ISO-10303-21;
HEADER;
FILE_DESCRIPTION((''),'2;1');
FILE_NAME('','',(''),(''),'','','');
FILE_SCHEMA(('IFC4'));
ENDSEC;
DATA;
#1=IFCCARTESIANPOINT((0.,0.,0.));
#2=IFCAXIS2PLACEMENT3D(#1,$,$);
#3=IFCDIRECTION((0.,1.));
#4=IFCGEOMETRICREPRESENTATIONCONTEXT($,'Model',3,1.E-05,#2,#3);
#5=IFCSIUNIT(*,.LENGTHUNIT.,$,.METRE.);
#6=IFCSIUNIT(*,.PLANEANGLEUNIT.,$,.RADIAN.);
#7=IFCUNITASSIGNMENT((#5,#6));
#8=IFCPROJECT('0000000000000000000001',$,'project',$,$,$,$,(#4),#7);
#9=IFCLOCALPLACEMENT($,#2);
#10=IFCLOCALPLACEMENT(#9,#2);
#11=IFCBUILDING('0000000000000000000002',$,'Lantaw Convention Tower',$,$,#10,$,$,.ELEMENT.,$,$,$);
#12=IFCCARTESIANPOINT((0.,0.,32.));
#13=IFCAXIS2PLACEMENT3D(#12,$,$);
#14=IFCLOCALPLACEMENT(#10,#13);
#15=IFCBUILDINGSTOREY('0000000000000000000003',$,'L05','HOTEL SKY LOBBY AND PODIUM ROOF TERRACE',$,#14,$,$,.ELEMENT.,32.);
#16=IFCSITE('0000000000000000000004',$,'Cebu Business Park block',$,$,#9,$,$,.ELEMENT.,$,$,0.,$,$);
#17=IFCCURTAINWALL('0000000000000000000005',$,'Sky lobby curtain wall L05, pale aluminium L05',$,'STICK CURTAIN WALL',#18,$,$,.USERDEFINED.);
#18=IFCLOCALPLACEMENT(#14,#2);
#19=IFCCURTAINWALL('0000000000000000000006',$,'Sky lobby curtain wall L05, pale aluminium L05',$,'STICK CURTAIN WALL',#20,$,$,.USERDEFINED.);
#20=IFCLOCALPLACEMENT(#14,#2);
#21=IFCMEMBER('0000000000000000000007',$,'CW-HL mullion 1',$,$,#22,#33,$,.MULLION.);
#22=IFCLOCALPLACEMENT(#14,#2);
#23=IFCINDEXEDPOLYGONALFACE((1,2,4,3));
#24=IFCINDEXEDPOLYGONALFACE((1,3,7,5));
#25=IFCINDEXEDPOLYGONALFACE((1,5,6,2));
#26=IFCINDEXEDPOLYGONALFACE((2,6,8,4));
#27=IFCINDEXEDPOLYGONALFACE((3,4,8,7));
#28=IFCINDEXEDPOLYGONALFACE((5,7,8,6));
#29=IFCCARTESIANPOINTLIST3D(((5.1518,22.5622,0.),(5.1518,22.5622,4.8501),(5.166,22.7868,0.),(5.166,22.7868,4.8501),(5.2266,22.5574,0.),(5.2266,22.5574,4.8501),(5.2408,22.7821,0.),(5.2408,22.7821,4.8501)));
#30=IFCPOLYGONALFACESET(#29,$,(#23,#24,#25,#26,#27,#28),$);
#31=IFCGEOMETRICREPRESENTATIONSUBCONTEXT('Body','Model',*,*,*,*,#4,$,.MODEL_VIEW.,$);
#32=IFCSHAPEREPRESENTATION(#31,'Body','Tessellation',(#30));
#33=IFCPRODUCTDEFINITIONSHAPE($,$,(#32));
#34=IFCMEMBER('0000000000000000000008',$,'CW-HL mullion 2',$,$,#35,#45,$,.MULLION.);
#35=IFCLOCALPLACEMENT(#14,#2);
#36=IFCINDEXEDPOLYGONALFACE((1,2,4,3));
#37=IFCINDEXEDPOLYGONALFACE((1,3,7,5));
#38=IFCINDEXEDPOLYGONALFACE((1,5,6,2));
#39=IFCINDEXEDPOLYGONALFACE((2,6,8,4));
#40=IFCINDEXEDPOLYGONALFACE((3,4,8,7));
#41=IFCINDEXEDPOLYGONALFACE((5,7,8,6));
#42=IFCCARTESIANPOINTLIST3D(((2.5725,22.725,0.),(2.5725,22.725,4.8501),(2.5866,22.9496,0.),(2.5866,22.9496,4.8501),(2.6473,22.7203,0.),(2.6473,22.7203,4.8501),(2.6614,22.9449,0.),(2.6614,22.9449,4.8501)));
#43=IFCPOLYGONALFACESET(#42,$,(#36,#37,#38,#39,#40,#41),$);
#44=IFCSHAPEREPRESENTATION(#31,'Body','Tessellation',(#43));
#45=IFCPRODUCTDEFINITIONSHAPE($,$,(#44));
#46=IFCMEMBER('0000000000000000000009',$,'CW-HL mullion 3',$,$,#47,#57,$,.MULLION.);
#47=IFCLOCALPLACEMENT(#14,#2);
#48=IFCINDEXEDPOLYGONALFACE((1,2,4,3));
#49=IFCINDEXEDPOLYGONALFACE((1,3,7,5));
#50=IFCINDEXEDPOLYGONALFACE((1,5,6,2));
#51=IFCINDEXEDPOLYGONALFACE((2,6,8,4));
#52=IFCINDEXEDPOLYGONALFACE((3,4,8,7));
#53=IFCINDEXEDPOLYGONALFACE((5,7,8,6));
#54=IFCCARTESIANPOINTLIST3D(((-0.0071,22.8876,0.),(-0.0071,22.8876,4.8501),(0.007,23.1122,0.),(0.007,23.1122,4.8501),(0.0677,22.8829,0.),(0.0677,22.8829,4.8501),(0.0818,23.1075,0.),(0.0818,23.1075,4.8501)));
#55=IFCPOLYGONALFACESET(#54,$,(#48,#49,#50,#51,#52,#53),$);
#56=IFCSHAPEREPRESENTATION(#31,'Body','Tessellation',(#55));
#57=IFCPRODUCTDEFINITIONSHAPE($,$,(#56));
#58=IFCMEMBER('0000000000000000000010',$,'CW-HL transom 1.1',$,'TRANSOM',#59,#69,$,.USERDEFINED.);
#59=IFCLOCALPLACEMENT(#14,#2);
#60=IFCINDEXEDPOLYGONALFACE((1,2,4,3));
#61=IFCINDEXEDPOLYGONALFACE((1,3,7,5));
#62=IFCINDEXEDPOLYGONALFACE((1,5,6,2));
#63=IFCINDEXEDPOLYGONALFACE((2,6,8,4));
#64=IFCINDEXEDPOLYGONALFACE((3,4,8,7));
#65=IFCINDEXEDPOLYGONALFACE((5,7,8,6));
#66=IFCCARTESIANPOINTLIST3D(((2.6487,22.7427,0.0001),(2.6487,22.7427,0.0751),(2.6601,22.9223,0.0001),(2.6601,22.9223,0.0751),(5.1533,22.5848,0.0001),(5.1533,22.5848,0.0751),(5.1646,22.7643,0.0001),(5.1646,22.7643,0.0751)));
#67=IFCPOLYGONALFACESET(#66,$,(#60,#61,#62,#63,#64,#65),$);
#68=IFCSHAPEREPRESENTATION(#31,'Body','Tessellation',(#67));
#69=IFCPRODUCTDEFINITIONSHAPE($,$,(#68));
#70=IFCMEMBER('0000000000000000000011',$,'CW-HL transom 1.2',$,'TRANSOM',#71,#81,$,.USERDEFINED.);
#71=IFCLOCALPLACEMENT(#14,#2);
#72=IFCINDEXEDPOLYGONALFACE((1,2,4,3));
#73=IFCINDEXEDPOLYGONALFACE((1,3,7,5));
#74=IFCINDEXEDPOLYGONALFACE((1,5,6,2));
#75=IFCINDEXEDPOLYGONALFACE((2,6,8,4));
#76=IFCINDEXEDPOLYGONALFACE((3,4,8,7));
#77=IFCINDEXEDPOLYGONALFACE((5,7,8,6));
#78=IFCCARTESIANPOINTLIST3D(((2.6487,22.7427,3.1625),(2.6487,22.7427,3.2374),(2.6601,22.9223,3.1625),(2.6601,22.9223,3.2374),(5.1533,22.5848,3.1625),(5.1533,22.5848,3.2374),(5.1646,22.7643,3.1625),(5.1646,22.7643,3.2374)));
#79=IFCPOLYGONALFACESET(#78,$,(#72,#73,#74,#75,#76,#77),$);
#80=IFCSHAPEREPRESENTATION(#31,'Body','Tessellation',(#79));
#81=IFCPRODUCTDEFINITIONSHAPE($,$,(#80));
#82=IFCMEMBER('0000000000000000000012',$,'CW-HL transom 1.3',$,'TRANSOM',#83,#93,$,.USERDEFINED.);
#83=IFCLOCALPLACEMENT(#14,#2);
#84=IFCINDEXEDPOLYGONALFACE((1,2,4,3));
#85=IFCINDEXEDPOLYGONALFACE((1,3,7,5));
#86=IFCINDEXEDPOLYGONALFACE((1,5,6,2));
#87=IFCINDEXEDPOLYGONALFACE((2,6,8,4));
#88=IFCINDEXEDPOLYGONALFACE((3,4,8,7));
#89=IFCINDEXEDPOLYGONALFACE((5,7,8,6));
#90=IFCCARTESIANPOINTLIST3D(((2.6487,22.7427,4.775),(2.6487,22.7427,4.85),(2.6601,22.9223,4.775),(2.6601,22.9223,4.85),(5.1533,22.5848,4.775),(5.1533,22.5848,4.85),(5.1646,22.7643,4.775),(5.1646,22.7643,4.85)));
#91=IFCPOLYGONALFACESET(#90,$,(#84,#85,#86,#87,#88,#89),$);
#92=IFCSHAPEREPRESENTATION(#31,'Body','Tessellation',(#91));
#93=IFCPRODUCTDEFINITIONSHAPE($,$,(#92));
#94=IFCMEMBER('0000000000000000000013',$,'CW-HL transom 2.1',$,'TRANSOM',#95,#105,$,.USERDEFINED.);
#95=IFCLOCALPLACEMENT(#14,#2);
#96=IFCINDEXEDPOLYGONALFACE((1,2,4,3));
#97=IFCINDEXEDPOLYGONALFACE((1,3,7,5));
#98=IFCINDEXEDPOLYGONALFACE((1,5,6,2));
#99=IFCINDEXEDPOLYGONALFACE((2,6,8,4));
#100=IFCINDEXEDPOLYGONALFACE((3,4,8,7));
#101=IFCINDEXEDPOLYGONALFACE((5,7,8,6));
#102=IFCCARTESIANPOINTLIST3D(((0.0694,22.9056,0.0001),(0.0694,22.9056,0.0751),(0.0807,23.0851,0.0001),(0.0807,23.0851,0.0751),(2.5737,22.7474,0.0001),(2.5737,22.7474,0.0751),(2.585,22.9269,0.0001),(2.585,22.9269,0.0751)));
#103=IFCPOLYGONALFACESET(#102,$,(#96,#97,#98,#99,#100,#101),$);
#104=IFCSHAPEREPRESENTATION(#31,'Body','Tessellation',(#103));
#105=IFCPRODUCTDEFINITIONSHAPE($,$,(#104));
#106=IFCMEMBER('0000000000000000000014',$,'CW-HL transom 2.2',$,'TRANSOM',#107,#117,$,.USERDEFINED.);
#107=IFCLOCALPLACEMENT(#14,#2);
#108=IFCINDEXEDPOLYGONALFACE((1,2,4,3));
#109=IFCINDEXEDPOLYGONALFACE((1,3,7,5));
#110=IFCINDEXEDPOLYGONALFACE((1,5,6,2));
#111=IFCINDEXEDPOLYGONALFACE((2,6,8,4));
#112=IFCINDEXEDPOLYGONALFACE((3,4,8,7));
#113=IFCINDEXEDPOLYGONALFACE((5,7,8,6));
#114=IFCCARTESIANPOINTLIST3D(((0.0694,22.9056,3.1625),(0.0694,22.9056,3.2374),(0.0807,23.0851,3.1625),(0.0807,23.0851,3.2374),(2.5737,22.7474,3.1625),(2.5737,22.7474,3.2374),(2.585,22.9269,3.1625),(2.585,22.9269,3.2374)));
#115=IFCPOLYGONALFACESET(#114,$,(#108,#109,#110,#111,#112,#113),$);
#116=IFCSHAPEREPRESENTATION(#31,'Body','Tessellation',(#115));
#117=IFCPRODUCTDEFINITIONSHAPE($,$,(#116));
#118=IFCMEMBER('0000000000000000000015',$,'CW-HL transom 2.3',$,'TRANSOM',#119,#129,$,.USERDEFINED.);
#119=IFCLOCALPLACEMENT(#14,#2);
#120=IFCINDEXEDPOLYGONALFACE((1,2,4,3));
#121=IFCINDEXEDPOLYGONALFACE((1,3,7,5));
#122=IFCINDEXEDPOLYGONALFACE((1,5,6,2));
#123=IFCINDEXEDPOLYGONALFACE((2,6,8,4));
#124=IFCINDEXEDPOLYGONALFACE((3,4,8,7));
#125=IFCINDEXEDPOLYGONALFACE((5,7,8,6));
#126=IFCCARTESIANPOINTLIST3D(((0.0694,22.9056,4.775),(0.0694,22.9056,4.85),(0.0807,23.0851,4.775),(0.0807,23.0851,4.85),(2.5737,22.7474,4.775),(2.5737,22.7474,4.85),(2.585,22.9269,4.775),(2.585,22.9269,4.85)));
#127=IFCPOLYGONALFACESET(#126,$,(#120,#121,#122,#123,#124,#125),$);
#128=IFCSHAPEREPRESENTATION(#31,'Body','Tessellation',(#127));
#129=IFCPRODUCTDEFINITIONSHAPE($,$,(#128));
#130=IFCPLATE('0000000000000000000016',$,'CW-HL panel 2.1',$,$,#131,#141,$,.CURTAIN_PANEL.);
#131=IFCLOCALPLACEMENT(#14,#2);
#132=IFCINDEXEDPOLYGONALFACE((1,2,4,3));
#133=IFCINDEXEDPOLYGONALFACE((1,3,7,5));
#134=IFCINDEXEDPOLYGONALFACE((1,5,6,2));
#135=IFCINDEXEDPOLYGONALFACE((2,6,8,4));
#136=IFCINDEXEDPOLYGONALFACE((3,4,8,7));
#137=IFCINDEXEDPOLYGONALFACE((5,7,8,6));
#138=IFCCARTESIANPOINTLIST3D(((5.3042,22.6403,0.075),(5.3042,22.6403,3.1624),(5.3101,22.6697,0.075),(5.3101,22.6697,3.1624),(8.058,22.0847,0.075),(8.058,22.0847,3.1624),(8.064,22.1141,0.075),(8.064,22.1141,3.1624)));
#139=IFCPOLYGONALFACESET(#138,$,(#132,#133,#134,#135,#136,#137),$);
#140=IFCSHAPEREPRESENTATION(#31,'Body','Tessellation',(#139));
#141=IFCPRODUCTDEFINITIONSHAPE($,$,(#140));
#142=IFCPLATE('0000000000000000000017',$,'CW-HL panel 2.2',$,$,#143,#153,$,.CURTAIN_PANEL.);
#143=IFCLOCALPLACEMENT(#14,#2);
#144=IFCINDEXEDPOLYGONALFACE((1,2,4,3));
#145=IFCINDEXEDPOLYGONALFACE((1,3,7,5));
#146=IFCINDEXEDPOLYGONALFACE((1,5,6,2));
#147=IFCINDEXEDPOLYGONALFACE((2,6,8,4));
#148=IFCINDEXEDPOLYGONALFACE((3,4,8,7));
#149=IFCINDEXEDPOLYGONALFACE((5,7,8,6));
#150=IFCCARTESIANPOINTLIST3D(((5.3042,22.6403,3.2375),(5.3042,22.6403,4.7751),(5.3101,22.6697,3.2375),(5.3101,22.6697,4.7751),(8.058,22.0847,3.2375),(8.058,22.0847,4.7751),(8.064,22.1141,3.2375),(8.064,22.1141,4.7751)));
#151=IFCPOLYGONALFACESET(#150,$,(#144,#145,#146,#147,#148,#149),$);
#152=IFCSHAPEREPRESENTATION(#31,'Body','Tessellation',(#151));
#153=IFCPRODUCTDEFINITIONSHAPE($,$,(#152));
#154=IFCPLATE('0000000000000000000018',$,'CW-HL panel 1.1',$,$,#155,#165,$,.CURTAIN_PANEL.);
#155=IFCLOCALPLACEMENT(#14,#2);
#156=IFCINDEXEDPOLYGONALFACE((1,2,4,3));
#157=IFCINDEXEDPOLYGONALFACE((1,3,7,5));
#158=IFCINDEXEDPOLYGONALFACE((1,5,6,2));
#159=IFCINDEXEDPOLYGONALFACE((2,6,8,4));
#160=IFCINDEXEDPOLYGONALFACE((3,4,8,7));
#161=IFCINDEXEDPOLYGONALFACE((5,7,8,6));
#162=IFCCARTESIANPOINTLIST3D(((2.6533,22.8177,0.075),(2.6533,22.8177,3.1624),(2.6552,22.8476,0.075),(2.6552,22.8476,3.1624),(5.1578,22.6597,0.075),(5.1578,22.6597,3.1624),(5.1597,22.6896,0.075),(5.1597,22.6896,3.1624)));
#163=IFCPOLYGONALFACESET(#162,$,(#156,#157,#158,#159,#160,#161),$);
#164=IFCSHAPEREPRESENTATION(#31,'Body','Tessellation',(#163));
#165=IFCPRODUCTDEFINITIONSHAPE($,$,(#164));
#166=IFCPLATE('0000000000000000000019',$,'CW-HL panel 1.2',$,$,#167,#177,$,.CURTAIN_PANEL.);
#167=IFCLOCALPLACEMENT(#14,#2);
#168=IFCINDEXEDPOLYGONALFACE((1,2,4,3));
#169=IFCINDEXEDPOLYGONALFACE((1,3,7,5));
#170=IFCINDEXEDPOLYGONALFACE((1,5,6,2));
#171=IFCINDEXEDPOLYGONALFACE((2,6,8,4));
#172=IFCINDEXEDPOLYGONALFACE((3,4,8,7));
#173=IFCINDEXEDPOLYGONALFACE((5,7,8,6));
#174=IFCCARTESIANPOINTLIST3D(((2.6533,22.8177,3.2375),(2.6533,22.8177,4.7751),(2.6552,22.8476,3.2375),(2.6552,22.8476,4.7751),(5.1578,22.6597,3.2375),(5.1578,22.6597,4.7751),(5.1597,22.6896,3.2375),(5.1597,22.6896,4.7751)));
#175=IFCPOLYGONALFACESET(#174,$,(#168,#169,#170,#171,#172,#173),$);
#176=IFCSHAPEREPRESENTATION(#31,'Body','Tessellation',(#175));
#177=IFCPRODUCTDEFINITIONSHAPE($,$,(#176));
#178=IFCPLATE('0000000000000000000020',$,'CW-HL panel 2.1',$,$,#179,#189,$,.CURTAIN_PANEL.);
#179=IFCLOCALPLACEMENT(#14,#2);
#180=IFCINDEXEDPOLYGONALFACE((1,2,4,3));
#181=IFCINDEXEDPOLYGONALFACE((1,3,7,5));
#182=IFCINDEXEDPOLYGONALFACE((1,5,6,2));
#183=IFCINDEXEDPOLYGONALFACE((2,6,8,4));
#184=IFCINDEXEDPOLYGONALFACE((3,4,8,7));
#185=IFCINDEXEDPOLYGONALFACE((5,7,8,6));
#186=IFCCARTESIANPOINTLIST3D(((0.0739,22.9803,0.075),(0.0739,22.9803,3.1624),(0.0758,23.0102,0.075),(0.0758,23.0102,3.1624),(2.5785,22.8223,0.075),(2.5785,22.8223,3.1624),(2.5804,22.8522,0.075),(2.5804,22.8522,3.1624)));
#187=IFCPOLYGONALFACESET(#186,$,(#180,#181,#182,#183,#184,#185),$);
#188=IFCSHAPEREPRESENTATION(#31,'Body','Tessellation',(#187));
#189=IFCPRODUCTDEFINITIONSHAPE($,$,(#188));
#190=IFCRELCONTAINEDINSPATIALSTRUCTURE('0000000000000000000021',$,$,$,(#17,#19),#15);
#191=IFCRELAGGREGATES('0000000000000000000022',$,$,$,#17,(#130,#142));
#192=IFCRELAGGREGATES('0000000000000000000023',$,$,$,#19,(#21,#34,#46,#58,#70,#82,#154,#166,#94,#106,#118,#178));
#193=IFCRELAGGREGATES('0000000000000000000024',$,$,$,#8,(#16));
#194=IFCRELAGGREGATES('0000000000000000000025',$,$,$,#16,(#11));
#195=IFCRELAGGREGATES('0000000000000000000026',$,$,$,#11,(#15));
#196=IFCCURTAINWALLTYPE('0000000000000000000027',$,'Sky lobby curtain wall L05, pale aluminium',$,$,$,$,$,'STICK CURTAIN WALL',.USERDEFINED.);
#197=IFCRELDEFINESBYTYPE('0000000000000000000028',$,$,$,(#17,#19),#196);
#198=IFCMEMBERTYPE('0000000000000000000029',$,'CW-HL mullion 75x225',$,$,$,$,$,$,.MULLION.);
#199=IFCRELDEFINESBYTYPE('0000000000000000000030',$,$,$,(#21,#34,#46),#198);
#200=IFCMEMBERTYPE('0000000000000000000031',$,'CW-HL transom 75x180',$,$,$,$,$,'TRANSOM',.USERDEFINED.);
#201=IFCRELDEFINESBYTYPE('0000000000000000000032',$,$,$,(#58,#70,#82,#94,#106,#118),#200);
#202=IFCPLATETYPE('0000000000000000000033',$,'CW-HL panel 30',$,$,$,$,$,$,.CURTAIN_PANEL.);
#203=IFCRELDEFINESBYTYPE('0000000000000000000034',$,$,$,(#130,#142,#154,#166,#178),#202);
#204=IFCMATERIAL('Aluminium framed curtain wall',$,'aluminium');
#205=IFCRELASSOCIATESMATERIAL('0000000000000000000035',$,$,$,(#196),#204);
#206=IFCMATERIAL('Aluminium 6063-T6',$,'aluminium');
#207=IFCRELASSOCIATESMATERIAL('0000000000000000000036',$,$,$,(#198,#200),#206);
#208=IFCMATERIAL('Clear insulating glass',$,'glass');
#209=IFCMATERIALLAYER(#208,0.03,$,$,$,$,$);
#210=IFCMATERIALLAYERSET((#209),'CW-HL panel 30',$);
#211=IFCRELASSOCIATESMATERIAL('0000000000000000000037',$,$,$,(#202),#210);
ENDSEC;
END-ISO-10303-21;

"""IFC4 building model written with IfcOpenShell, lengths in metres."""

from ifc_helpers import new_model, si_unit, direction, frame, origin, origin_2d, place, context, subcontext, project, spatial, rectangle, extrude, material, layer, layer_set, material_profile, profile_set, type_object, element, aggregate, save


model = new_model("IFC4")

# Units and contexts
model_context = context("Model", 3, precision=1e-05, world=origin(), true_north=direction((0.0, 1.0)))
body_context = subcontext(model_context, "Body", "Model", "MODEL_VIEW")
ifc_project = project(units=[si_unit("LENGTHUNIT", "METRE"), si_unit("PLANEANGLEUNIT", "RADIAN")], contexts=[model_context])

# Site, building, storey
site_placement = place(None, origin())
site = spatial("IfcSite", under=ifc_project, at=site_placement, Name="Cebu Business Park block", CompositionType="ELEMENT", RefElevation=0.0)
building_placement = place(site_placement, origin())
building = spatial("IfcBuilding", under=site, at=building_placement, Name="Lantaw Convention Tower", CompositionType="ELEMENT")
storey_placement = place(building_placement, frame((0.0, 0.0, 32.0)))
storey = spatial("IfcBuildingStorey", under=building, at=storey_placement, Name="L05", Description="HOTEL SKY LOBBY AND PODIUM ROOF TERRACE", CompositionType="ELEMENT", Elevation=32.0)

# Curtain wall
ifc_material_1 = material(Name="Aluminium framed curtain wall", Category="aluminium")
curtain_wall_type = type_object("IfcCurtainWallType", Name="Sky lobby curtain wall L05, pale aluminium", ElementType="STICK CURTAIN WALL", PredefinedType="USERDEFINED", material=ifc_material_1)
curtain_wall_1_placement = place(storey_placement, origin())
curtain_wall_1 = element("IfcCurtainWall", 1, at=curtain_wall_1_placement, inside=storey, type_object=curtain_wall_type, Name="Sky lobby curtain wall L05, pale aluminium L05", ObjectType="STICK CURTAIN WALL", PredefinedType="USERDEFINED")
ifc_material_2 = material(Name="Aluminium 6063-T6", Category="aluminium")
ifc_material_profile_1 = material_profile(ifc_material_2, rectangle(XDim=0.2251, YDim=0.075, at=origin_2d()), Name="CW-HL mullion 75x225")
ifc_profile_set_1 = profile_set([ifc_material_profile_1], Name="Aluminium 6063-T6")
member_type_1 = type_object("IfcMemberType", Name="CW-HL mullion 75x225", PredefinedType="MULLION", material=ifc_profile_set_1)

# Curtain wall, members
curtain_wall_2_placement = place(storey_placement, origin())
curtain_wall_2 = element("IfcCurtainWall", 2, at=curtain_wall_2_placement, inside=storey, type_object=curtain_wall_type, Name="Sky lobby curtain wall L05, pale aluminium L05", ObjectType="STICK CURTAIN WALL", PredefinedType="USERDEFINED")
member_1_placement = place(storey_placement, frame((5.1963, 22.6721, 0.0), z_axis=(0.0, 0.0, 1.0), x_axis=(-0.062958, -0.998016, 0.0)))
member_1 = element("IfcMember", 3, at=member_1_placement, type_object=member_type_1, Name="CW-HL mullion 1", PredefinedType="MULLION", context=body_context, shape_type="SweptSolid", body=[
    extrude(rectangle(XDim=0.2251, YDim=0.075, at=origin_2d()), origin(), (0.0, 0.0, 1.0), 4.8501),
])
member_2_placement = place(storey_placement, frame((2.6169, 22.835, 0.0), z_axis=(0.0, 0.0, 1.0), x_axis=(-0.062958, -0.998016, 0.0)))
member_2 = element("IfcMember", 4, at=member_2_placement, type_object=member_type_1, Name="CW-HL mullion 2", PredefinedType="MULLION", context=body_context, shape_type="SweptSolid", body=[
    extrude(rectangle(XDim=0.2251, YDim=0.075, at=origin_2d()), origin(), (0.0, 0.0, 1.0), 4.8501),
])
member_3_placement = place(storey_placement, frame((0.0374, 22.9976, 0.0), z_axis=(0.0, 0.0, 1.0), x_axis=(-0.062958, -0.998016, 0.0)))
member_3 = element("IfcMember", 5, at=member_3_placement, type_object=member_type_1, Name="CW-HL mullion 3", PredefinedType="MULLION", context=body_context, shape_type="SweptSolid", body=[
    extrude(rectangle(XDim=0.2251, YDim=0.075, at=origin_2d()), origin(), (0.0, 0.0, 1.0), 4.8501),
])
ifc_material_profile_2 = material_profile(ifc_material_2, rectangle(XDim=0.1799, YDim=0.075, at=origin_2d()), Name="CW-HL transom 75x180")
ifc_profile_set_2 = profile_set([ifc_material_profile_2], Name="Aluminium 6063-T6")
member_type_2 = type_object("IfcMemberType", Name="CW-HL transom 75x180", ElementType="TRANSOM", PredefinedType="USERDEFINED", material=ifc_profile_set_2)
member_4_placement = place(storey_placement, frame((5.1589, 22.6746, 0.0376), z_axis=(-0.998017, 0.062942, 0.0), x_axis=(-0.062942, -0.998017, 0.0)))
member_4 = element("IfcMember", 6, at=member_4_placement, type_object=member_type_2, Name="CW-HL transom 1.1", ObjectType="TRANSOM", PredefinedType="USERDEFINED", context=body_context, shape_type="SweptSolid", body=[
    extrude(rectangle(XDim=0.1799, YDim=0.075, at=origin_2d()), origin(), (0.0, 0.0, 1.0), 2.5095),
])
member_5_placement = place(storey_placement, frame((5.1589, 22.6746, 3.2), z_axis=(-0.998017, 0.062942, 0.0), x_axis=(-0.062942, -0.998017, 0.0)))
member_5 = element("IfcMember", 7, at=member_5_placement, type_object=member_type_2, Name="CW-HL transom 1.2", ObjectType="TRANSOM", PredefinedType="USERDEFINED", context=body_context, shape_type="SweptSolid", body=[
    extrude(rectangle(XDim=0.1799, YDim=0.075, at=origin_2d()), origin(), (0.0, 0.0, 1.0), 2.5095),
])
member_6_placement = place(storey_placement, frame((5.1589, 22.6746, 4.8125), z_axis=(-0.998017, 0.062942, 0.0), x_axis=(-0.062942, -0.998017, 0.0)))
member_6 = element("IfcMember", 8, at=member_6_placement, type_object=member_type_2, Name="CW-HL transom 1.3", ObjectType="TRANSOM", PredefinedType="USERDEFINED", context=body_context, shape_type="SweptSolid", body=[
    extrude(rectangle(XDim=0.1799, YDim=0.075, at=origin_2d()), origin(), (0.0, 0.0, 1.0), 2.5095),
])
member_7_placement = place(storey_placement, frame((2.5793, 22.8372, 0.0376), z_axis=(-0.998011, 0.063045, 0.0), x_axis=(-0.063045, -0.998011, 0.0)))
member_7 = element("IfcMember", 9, at=member_7_placement, type_object=member_type_2, Name="CW-HL transom 2.1", ObjectType="TRANSOM", PredefinedType="USERDEFINED", context=body_context, shape_type="SweptSolid", body=[
    extrude(rectangle(XDim=0.1799, YDim=0.075, at=origin_2d()), origin(), (0.0, 0.0, 1.0), 2.5093),
])
member_8_placement = place(storey_placement, frame((2.5793, 22.8372, 3.2), z_axis=(-0.998011, 0.063045, 0.0), x_axis=(-0.063045, -0.998011, 0.0)))
member_8 = element("IfcMember", 10, at=member_8_placement, type_object=member_type_2, Name="CW-HL transom 2.2", ObjectType="TRANSOM", PredefinedType="USERDEFINED", context=body_context, shape_type="SweptSolid", body=[
    extrude(rectangle(XDim=0.1799, YDim=0.075, at=origin_2d()), origin(), (0.0, 0.0, 1.0), 2.5093),
])
member_9_placement = place(storey_placement, frame((2.5793, 22.8372, 4.8125), z_axis=(-0.998011, 0.063045, 0.0), x_axis=(-0.063045, -0.998011, 0.0)))
member_9 = element("IfcMember", 11, at=member_9_placement, type_object=member_type_2, Name="CW-HL transom 2.3", ObjectType="TRANSOM", PredefinedType="USERDEFINED", context=body_context, shape_type="SweptSolid", body=[
    extrude(rectangle(XDim=0.1799, YDim=0.075, at=origin_2d()), origin(), (0.0, 0.0, 1.0), 2.5093),
])

# Plates
ifc_material_3 = material(Name="Clear insulating glass", Category="glass")
ifc_layer_1 = layer(ifc_material_3, 0.03)
ifc_layer_set_1 = layer_set([ifc_layer_1], Name="CW-HL panel 30")
plate_type = type_object("IfcPlateType", Name="CW-HL panel 30", PredefinedType="CURTAIN_PANEL", material=ifc_layer_set_1)
plate_1_placement = place(storey_placement, frame((6.6841, 22.3772, 0.075), z_axis=(0.0, 0.0, 1.0), x_axis=(-0.980245, 0.197789, 0.0)))
plate_1 = element("IfcPlate", 12, at=plate_1_placement, type_object=plate_type, Name="CW-HL panel 2.1", PredefinedType="CURTAIN_PANEL", context=body_context, shape_type="SweptSolid", body=[
    extrude(rectangle(XDim=2.8093, YDim=0.03, at=origin_2d()), origin(), (0.0, 0.0, 1.0), 3.0874),
])
plate_2_placement = place(storey_placement, frame((6.6841, 22.3772, 3.2375), z_axis=(0.0, 0.0, 1.0), x_axis=(-0.980245, 0.197789, 0.0)))
plate_2 = element("IfcPlate", 13, at=plate_2_placement, type_object=plate_type, Name="CW-HL panel 2.2", PredefinedType="CURTAIN_PANEL", context=body_context, shape_type="SweptSolid", body=[
    extrude(rectangle(XDim=2.8093, YDim=0.03, at=origin_2d()), origin(), (0.0, 0.0, 1.0), 1.5376),
])
aggregate(curtain_wall_1, [plate_1, plate_2])
plate_3_placement = place(storey_placement, frame((3.9065, 22.7537, 0.075), z_axis=(0.0, 0.0, 1.0), x_axis=(-0.998016, 0.062958, 0.0)))
plate_3 = element("IfcPlate", 14, at=plate_3_placement, type_object=plate_type, Name="CW-HL panel 1.1", PredefinedType="CURTAIN_PANEL", context=body_context, shape_type="SweptSolid", body=[
    extrude(rectangle(XDim=2.5095, YDim=0.03, at=origin_2d()), origin(), (0.0, 0.0, 1.0), 3.0874),
])
plate_4_placement = place(storey_placement, frame((3.9065, 22.7537, 3.2375), z_axis=(0.0, 0.0, 1.0), x_axis=(-0.998016, 0.062958, 0.0)))
plate_4 = element("IfcPlate", 15, at=plate_4_placement, type_object=plate_type, Name="CW-HL panel 1.2", PredefinedType="CURTAIN_PANEL", context=body_context, shape_type="SweptSolid", body=[
    extrude(rectangle(XDim=2.5095, YDim=0.03, at=origin_2d()), origin(), (0.0, 0.0, 1.0), 1.5376),
])
plate_5_placement = place(storey_placement, frame((1.3271, 22.9163, 0.075), z_axis=(0.0, 0.0, 1.0), x_axis=(-0.998016, 0.062958, 0.0)))
plate_5 = element("IfcPlate", 16, at=plate_5_placement, type_object=plate_type, Name="CW-HL panel 2.1", PredefinedType="CURTAIN_PANEL", context=body_context, shape_type="SweptSolid", body=[
    extrude(rectangle(XDim=2.5095, YDim=0.03, at=origin_2d()), origin(), (0.0, 0.0, 1.0), 3.0874),
])
aggregate(curtain_wall_2, [member_1, member_2, member_3, member_4, member_5, member_6, plate_3, plate_4, member_7, member_8, member_9, plate_5])

save(model, "model.ifc")
